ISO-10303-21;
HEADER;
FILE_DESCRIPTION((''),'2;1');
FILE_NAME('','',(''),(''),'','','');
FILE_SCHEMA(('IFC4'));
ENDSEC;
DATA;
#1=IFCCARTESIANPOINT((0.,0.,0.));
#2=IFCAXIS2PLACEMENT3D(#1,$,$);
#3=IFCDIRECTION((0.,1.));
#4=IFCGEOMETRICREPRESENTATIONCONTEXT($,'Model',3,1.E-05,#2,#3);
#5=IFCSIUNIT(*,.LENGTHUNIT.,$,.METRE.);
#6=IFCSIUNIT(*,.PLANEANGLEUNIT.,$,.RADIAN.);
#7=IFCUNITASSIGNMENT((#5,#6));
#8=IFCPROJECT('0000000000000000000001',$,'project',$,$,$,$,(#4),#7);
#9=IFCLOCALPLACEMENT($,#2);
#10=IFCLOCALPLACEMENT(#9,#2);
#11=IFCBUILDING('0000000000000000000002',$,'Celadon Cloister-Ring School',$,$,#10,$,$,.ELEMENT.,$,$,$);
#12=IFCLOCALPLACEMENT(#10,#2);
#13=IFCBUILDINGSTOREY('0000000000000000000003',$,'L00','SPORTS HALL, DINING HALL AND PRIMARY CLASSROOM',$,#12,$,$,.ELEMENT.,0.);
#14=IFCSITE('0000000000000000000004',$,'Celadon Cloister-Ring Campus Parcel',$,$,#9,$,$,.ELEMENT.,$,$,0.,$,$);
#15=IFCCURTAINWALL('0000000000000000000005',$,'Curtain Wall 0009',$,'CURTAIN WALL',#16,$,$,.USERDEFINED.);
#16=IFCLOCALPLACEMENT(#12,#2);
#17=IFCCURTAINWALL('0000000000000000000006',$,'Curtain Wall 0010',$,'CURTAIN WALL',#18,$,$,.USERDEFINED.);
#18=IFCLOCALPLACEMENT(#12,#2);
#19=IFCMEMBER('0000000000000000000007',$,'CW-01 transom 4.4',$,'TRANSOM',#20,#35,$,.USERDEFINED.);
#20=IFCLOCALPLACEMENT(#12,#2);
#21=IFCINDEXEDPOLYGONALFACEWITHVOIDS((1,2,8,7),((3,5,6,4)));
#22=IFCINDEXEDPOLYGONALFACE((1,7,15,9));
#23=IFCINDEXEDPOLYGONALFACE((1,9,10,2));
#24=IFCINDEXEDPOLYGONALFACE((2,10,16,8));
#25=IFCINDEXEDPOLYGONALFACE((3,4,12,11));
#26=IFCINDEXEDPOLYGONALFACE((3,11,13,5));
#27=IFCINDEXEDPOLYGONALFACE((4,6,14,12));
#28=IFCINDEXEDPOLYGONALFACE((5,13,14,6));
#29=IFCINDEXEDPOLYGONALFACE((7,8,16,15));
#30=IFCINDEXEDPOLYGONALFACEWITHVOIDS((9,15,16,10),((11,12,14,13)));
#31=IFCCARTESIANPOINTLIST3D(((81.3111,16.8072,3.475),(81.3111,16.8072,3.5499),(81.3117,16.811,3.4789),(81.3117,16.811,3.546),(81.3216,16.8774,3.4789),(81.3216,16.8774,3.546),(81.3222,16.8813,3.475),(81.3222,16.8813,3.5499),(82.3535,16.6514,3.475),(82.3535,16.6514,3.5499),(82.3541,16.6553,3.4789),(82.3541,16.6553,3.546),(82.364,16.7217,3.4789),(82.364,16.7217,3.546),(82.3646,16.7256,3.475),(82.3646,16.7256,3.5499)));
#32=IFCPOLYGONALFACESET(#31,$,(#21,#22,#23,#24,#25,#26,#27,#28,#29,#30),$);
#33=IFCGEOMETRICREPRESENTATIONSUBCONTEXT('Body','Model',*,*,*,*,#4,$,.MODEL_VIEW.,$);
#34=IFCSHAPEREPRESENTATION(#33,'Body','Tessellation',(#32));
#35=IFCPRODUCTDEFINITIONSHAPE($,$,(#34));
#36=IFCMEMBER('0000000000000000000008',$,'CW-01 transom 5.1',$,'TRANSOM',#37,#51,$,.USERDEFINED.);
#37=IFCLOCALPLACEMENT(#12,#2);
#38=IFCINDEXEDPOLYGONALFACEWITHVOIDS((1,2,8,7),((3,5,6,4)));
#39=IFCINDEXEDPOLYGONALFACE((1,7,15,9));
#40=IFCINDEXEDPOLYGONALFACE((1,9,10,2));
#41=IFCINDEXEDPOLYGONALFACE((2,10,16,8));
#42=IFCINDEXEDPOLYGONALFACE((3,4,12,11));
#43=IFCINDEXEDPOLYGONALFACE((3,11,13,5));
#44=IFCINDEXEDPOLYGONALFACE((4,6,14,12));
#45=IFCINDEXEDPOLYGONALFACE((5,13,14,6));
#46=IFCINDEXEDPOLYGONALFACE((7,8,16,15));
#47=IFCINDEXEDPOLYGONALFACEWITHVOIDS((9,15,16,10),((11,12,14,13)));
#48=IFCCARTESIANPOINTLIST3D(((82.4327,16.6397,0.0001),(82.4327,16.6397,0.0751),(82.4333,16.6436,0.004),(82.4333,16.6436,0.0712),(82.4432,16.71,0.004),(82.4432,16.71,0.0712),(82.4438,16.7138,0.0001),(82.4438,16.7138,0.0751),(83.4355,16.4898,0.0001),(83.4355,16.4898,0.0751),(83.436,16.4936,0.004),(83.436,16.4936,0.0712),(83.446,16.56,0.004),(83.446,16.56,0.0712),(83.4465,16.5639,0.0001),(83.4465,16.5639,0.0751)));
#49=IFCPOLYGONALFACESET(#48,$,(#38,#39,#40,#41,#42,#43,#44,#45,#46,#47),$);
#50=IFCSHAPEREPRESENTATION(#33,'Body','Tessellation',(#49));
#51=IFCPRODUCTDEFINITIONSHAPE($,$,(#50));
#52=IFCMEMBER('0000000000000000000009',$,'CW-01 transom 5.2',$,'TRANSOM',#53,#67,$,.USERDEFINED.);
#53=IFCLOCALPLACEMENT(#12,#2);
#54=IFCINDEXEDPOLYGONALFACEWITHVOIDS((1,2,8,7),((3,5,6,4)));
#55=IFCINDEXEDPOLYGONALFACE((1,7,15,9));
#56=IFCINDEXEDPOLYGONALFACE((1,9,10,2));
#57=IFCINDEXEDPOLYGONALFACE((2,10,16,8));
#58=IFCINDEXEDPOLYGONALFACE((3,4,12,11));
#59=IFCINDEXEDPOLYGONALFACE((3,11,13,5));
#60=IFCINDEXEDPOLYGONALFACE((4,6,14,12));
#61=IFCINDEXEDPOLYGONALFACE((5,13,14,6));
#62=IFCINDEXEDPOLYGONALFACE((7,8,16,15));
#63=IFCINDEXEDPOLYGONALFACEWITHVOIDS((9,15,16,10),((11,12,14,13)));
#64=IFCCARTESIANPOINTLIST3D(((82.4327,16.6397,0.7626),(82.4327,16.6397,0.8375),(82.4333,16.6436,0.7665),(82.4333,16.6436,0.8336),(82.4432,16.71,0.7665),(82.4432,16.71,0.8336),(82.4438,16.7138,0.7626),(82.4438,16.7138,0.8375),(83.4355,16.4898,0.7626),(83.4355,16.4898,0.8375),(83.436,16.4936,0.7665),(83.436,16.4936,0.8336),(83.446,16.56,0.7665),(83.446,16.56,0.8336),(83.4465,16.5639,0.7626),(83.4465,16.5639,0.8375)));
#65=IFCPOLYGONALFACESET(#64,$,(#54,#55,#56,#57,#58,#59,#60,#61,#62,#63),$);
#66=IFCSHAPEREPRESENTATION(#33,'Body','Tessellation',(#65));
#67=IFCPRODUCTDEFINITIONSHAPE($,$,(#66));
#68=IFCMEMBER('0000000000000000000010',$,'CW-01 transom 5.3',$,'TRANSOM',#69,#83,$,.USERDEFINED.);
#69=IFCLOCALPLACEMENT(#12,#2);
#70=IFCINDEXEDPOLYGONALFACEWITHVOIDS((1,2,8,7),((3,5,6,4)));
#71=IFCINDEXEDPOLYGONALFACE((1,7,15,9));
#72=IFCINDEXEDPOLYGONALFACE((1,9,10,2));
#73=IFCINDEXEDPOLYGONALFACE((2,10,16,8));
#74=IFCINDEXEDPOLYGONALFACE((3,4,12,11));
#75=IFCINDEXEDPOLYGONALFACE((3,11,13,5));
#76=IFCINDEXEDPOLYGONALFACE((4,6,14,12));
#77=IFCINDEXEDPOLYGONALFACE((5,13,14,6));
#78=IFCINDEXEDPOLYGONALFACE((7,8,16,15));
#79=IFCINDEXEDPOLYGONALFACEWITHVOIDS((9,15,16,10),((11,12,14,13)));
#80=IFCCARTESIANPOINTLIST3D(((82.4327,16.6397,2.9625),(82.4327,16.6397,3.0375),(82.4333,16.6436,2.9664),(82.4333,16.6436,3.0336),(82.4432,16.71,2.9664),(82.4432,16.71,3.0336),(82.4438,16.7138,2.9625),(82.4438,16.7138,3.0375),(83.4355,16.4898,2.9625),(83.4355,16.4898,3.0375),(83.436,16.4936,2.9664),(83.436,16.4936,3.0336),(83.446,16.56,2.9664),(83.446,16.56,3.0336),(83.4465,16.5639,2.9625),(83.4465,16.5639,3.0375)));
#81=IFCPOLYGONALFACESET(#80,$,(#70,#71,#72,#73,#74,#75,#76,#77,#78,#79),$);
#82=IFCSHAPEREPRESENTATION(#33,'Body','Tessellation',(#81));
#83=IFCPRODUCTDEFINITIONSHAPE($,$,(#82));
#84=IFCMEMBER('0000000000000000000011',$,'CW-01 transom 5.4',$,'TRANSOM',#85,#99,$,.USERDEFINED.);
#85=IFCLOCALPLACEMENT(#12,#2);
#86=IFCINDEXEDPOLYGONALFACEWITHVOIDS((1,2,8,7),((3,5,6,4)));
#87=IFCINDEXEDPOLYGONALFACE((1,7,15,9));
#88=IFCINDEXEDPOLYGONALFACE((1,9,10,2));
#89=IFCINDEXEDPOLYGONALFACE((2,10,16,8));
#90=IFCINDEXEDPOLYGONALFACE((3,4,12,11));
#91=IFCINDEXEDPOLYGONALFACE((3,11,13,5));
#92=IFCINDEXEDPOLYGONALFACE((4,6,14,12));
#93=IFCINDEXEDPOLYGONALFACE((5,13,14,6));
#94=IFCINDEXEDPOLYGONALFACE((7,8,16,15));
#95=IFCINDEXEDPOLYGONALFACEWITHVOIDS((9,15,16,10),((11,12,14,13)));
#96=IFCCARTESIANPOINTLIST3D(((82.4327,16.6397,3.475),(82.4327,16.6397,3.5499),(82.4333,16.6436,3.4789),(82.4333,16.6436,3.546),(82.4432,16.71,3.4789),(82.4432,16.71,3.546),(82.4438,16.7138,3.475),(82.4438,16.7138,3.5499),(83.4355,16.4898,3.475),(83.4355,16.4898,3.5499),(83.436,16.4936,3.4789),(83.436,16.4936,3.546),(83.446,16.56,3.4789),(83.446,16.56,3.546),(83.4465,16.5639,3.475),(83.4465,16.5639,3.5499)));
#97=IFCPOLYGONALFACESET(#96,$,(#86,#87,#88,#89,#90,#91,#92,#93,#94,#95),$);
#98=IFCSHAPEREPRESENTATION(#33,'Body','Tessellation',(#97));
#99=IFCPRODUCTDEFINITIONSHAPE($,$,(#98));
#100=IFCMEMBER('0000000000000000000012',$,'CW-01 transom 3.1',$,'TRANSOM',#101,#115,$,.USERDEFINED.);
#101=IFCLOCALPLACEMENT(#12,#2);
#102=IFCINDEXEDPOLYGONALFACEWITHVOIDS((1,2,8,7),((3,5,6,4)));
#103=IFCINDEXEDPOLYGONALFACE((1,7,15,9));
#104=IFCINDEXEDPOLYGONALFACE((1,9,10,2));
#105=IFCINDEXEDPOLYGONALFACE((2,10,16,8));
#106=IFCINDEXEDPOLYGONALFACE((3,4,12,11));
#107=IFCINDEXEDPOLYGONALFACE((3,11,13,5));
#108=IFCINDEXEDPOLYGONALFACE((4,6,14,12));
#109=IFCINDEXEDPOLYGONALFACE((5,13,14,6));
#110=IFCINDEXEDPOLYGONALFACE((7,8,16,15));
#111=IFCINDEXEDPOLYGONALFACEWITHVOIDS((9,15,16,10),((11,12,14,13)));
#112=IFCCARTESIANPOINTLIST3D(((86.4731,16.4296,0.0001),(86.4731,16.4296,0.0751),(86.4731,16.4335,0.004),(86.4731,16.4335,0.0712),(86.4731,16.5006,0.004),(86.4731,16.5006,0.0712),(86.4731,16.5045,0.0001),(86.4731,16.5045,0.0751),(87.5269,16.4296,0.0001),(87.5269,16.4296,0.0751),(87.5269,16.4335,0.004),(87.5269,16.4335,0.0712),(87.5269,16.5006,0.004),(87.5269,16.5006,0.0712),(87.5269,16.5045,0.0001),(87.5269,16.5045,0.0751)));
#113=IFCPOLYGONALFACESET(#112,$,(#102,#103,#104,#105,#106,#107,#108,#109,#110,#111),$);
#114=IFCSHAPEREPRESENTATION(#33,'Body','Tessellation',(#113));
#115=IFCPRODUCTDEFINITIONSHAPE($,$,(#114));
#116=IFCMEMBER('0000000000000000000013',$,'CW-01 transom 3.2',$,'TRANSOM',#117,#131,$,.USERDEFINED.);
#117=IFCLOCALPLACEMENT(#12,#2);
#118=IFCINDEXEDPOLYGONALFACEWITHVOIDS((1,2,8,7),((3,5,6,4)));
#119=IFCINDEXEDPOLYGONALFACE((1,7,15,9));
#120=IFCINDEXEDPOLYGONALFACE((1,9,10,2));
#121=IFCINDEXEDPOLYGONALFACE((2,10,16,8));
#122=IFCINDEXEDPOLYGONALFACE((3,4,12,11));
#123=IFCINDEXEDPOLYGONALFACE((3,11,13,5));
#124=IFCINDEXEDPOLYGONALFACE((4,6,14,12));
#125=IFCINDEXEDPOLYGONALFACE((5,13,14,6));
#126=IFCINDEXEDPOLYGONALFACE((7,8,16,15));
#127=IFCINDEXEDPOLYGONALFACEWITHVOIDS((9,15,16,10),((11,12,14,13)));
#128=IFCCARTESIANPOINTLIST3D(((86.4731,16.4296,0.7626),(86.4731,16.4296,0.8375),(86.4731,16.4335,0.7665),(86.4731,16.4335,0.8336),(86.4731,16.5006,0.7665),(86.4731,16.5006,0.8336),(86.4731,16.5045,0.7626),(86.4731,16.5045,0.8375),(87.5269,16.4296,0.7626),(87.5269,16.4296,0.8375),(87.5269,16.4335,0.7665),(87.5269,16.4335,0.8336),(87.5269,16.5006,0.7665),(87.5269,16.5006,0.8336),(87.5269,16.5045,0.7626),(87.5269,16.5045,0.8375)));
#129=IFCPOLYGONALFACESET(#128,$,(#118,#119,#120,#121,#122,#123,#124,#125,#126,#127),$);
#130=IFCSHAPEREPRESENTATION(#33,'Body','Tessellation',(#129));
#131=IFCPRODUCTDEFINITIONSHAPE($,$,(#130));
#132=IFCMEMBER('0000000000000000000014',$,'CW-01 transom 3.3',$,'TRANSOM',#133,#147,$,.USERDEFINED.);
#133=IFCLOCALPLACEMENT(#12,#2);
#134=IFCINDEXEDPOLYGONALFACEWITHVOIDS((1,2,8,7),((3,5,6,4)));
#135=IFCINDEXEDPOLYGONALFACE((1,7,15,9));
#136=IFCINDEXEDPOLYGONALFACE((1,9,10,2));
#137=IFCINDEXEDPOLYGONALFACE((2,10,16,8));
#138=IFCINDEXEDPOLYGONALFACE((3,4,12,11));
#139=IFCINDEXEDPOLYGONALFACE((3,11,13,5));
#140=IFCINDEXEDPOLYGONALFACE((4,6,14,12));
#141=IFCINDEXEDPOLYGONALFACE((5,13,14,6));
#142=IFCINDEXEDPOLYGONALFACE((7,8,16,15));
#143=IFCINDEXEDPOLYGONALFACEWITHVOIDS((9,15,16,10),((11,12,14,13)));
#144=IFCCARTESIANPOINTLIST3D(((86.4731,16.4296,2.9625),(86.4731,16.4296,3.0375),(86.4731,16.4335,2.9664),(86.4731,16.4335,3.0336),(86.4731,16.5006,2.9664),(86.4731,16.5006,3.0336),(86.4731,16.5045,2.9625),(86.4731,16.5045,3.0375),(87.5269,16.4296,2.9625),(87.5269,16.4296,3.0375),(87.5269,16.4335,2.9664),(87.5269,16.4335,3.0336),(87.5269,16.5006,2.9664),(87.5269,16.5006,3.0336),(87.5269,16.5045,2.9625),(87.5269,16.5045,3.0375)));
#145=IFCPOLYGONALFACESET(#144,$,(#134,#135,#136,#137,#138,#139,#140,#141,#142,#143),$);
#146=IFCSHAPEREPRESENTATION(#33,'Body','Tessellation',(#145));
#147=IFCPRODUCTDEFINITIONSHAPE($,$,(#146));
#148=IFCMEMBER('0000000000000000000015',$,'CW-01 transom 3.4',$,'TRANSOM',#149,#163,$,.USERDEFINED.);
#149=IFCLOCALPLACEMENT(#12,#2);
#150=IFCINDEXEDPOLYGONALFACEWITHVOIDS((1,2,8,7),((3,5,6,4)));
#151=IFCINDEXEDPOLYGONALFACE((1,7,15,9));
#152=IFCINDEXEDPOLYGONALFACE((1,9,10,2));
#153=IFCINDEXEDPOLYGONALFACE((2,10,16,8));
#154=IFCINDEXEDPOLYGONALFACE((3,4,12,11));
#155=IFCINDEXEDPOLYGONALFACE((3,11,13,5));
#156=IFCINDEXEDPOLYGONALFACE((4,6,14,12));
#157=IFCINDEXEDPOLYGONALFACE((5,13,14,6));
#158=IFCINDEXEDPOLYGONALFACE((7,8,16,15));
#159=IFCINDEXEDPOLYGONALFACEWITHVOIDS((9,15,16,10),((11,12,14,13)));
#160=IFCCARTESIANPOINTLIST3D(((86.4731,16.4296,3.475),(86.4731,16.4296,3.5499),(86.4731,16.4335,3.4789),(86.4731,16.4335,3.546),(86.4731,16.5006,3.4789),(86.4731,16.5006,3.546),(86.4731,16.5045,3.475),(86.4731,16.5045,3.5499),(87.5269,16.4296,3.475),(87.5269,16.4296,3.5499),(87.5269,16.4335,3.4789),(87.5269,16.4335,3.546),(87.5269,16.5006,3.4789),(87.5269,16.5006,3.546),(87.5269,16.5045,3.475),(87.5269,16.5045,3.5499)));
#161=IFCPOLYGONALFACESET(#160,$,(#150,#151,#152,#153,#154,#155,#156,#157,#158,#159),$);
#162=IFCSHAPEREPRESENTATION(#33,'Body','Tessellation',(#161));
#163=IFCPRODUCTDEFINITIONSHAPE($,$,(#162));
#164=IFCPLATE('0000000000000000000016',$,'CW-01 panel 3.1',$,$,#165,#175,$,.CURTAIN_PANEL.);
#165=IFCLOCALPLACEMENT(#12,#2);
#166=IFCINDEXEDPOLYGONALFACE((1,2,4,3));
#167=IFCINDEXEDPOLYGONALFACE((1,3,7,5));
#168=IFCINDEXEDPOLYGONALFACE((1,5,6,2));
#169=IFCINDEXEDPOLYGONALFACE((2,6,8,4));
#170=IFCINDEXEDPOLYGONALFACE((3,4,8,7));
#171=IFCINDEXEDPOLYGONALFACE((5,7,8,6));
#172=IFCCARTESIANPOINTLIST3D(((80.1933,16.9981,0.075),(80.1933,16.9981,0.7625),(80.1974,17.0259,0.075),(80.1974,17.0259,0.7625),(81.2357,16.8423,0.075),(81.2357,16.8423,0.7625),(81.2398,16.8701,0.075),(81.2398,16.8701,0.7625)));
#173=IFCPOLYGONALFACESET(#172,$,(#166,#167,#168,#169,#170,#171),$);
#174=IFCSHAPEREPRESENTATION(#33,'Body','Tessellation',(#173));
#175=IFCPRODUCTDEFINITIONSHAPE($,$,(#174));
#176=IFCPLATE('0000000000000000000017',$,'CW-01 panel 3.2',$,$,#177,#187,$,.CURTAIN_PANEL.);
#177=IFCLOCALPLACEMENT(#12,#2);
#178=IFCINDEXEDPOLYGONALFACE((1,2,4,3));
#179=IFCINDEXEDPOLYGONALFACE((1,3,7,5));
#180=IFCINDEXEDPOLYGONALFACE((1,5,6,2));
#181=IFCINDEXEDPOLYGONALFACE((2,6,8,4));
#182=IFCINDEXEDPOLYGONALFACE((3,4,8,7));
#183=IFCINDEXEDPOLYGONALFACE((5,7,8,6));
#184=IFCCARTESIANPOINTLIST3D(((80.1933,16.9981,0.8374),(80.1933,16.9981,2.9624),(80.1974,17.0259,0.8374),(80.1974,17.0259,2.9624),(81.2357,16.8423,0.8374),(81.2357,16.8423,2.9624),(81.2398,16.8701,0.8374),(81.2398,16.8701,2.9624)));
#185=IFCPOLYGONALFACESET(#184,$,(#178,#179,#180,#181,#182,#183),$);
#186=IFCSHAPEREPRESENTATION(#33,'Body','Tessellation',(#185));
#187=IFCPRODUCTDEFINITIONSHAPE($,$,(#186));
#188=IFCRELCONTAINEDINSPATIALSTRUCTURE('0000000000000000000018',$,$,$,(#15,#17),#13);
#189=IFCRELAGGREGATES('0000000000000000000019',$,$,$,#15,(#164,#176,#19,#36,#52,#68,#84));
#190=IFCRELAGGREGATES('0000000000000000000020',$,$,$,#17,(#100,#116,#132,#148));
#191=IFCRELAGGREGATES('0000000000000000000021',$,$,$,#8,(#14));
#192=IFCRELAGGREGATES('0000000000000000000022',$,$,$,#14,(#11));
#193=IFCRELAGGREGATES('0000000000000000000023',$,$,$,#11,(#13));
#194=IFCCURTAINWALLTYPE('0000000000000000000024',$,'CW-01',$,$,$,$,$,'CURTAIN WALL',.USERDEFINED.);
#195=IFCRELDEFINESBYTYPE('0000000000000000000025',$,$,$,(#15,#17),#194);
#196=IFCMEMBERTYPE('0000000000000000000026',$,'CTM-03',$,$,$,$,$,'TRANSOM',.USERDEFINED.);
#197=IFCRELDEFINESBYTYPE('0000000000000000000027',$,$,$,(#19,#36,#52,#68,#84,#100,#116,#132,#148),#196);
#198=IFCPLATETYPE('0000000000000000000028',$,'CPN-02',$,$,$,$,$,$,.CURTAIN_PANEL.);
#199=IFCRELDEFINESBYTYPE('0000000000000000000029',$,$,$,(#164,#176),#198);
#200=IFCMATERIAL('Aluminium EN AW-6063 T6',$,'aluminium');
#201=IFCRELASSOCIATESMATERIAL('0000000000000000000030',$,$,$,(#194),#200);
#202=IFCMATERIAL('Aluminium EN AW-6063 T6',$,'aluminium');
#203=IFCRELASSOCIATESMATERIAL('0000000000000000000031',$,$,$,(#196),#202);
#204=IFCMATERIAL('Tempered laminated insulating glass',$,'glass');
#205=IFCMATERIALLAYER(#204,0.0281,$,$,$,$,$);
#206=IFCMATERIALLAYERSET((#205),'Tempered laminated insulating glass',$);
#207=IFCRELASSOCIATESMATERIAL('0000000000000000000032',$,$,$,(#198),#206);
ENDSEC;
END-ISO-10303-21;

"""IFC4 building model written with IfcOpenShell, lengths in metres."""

from ifc_helpers import new_model, si_unit, direction, frame, origin, origin_2d, place, context, subcontext, project, spatial, rectangle, hollow_rectangle, extrude, material, layer, layer_set, material_profile, profile_set, type_object, element, aggregate, save


model = new_model("IFC4")

# Units and contexts
model_context = context("Model", 3, precision=1e-05, world=origin(), true_north=direction((0.0, 1.0)))
body_context = subcontext(model_context, "Body", "Model", "MODEL_VIEW")
ifc_project = project(units=[si_unit("LENGTHUNIT", "METRE"), si_unit("PLANEANGLEUNIT", "RADIAN")], contexts=[model_context])

# Site, building, storey
site_placement = place(None, origin())
site = spatial("IfcSite", under=ifc_project, at=site_placement, Name="Celadon Cloister-Ring Campus Parcel", CompositionType="ELEMENT", RefElevation=0.0)
building_placement = place(site_placement, origin())
building = spatial("IfcBuilding", under=site, at=building_placement, Name="Celadon Cloister-Ring School", CompositionType="ELEMENT")
storey_placement = place(building_placement, origin())
storey = spatial("IfcBuildingStorey", under=building, at=storey_placement, Name="L00", Description="SPORTS HALL, DINING HALL AND PRIMARY CLASSROOM", CompositionType="ELEMENT", Elevation=0.0)

# Curtain wall
ifc_material_1 = material(Name="Aluminium EN AW-6063 T6", Category="aluminium")
curtain_wall_type = type_object("IfcCurtainWallType", Name="CW-01", ElementType="CURTAIN WALL", PredefinedType="USERDEFINED", material=ifc_material_1)
curtain_wall_1_placement = place(storey_placement, origin())
curtain_wall_1 = element("IfcCurtainWall", 1, at=curtain_wall_1_placement, inside=storey, type_object=curtain_wall_type, Name="Curtain Wall 0009", ObjectType="CURTAIN WALL", PredefinedType="USERDEFINED")

# Curtain wall
curtain_wall_2_placement = place(storey_placement, origin())
curtain_wall_2 = element("IfcCurtainWall", 2, at=curtain_wall_2_placement, inside=storey, type_object=curtain_wall_type, Name="Curtain Wall 0010", ObjectType="CURTAIN WALL", PredefinedType="USERDEFINED")

# Members
ifc_material_2 = material(Name="Aluminium EN AW-6063 T6", Category="aluminium")
ifc_material_profile_1 = material_profile(ifc_material_2, hollow_rectangle(XDim=0.075, YDim=0.075, WallThickness=0.0039, at=origin_2d()), Name="RHS75X75X4")
ifc_profile_set_1 = profile_set([ifc_material_profile_1], Name="Aluminium EN AW-6063 T6")
member_type_1 = type_object("IfcMemberType", Name="CTM-03", ElementType="TRANSOM", PredefinedType="USERDEFINED", material=ifc_profile_set_1)
member_1_placement = place(storey_placement, frame((81.3167, 16.8442, 3.5125), z_axis=(0.989021, -0.147774, 0.0), x_axis=(0.147774, 0.989021, 0.0)))
member_1 = element("IfcMember", 3, at=member_1_placement, type_object=member_type_1, Name="CW-01 transom 4.4", ObjectType="TRANSOM", PredefinedType="USERDEFINED", context=body_context, shape_type="SweptSolid", body=[
    extrude(hollow_rectangle(XDim=0.075, YDim=0.075, WallThickness=0.0039, at=origin_2d()), origin(), (0.0, 0.0, 1.0), 1.054),
])
member_2_placement = place(storey_placement, frame((82.4382, 16.6768, 0.0376), z_axis=(0.989009, -0.147858, 0.0), x_axis=(0.147858, 0.989009, 0.0)))
member_2 = element("IfcMember", 4, at=member_2_placement, type_object=member_type_1, Name="CW-01 transom 5.1", ObjectType="TRANSOM", PredefinedType="USERDEFINED", context=body_context, shape_type="SweptSolid", body=[
    extrude(hollow_rectangle(XDim=0.075, YDim=0.075, WallThickness=0.0039, at=origin_2d()), origin(), (0.0, 0.0, 1.0), 1.0139),
])
member_3_placement = place(storey_placement, frame((82.4382, 16.6768, 0.8), z_axis=(0.989009, -0.147858, 0.0), x_axis=(0.147858, 0.989009, 0.0)))
member_3 = element("IfcMember", 5, at=member_3_placement, type_object=member_type_1, Name="CW-01 transom 5.2", ObjectType="TRANSOM", PredefinedType="USERDEFINED", context=body_context, shape_type="SweptSolid", body=[
    extrude(hollow_rectangle(XDim=0.075, YDim=0.075, WallThickness=0.0039, at=origin_2d()), origin(), (0.0, 0.0, 1.0), 1.0139),
])
member_4_placement = place(storey_placement, frame((82.4382, 16.6768, 3.0), z_axis=(0.989009, -0.147858, 0.0), x_axis=(0.147858, 0.989009, 0.0)))
member_4 = element("IfcMember", 6, at=member_4_placement, type_object=member_type_1, Name="CW-01 transom 5.3", ObjectType="TRANSOM", PredefinedType="USERDEFINED", context=body_context, shape_type="SweptSolid", body=[
    extrude(hollow_rectangle(XDim=0.075, YDim=0.075, WallThickness=0.0039, at=origin_2d()), origin(), (0.0, 0.0, 1.0), 1.0139),
])
member_5_placement = place(storey_placement, frame((82.4382, 16.6768, 3.5125), z_axis=(0.989009, -0.147858, 0.0), x_axis=(0.147858, 0.989009, 0.0)))
member_5 = element("IfcMember", 7, at=member_5_placement, type_object=member_type_1, Name="CW-01 transom 5.4", ObjectType="TRANSOM", PredefinedType="USERDEFINED", context=body_context, shape_type="SweptSolid", body=[
    extrude(hollow_rectangle(XDim=0.075, YDim=0.075, WallThickness=0.0039, at=origin_2d()), origin(), (0.0, 0.0, 1.0), 1.0139),
])
member_6_placement = place(storey_placement, frame((86.4731, 16.467, 0.0376), z_axis=(1.0, 0.0, 0.0), x_axis=(0.0, 1.0, 0.0)))
member_6 = element("IfcMember", 8, at=member_6_placement, type_object=member_type_1, Name="CW-01 transom 3.1", ObjectType="TRANSOM", PredefinedType="USERDEFINED", context=body_context, shape_type="SweptSolid", body=[
    extrude(hollow_rectangle(XDim=0.075, YDim=0.075, WallThickness=0.0039, at=origin_2d()), origin(), (0.0, 0.0, 1.0), 1.0537),
])
member_7_placement = place(storey_placement, frame((86.4731, 16.467, 0.8), z_axis=(1.0, 0.0, 0.0), x_axis=(0.0, 1.0, 0.0)))
member_7 = element("IfcMember", 9, at=member_7_placement, type_object=member_type_1, Name="CW-01 transom 3.2", ObjectType="TRANSOM", PredefinedType="USERDEFINED", context=body_context, shape_type="SweptSolid", body=[
    extrude(hollow_rectangle(XDim=0.075, YDim=0.075, WallThickness=0.0039, at=origin_2d()), origin(), (0.0, 0.0, 1.0), 1.0537),
])
member_8_placement = place(storey_placement, frame((86.4731, 16.467, 3.0), z_axis=(1.0, 0.0, 0.0), x_axis=(0.0, 1.0, 0.0)))
member_8 = element("IfcMember", 10, at=member_8_placement, type_object=member_type_1, Name="CW-01 transom 3.3", ObjectType="TRANSOM", PredefinedType="USERDEFINED", context=body_context, shape_type="SweptSolid", body=[
    extrude(hollow_rectangle(XDim=0.075, YDim=0.075, WallThickness=0.0039, at=origin_2d()), origin(), (0.0, 0.0, 1.0), 1.0537),
])
member_9_placement = place(storey_placement, frame((86.4731, 16.467, 3.5125), z_axis=(1.0, 0.0, 0.0), x_axis=(0.0, 1.0, 0.0)))
member_9 = element("IfcMember", 11, at=member_9_placement, type_object=member_type_1, Name="CW-01 transom 3.4", ObjectType="TRANSOM", PredefinedType="USERDEFINED", context=body_context, shape_type="SweptSolid", body=[
    extrude(hollow_rectangle(XDim=0.075, YDim=0.075, WallThickness=0.0039, at=origin_2d()), origin(), (0.0, 0.0, 1.0), 1.0537),
])

# Plates
ifc_material_3 = material(Name="Tempered laminated insulating glass", Category="glass")
ifc_layer = layer(ifc_material_3, 0.0281)
ifc_layer_set = layer_set([ifc_layer], Name="Tempered laminated insulating glass")
plate_type = type_object("IfcPlateType", Name="CPN-02", PredefinedType="CURTAIN_PANEL", material=ifc_layer_set)
plate_1_placement = place(storey_placement, frame((80.7166, 16.9341, 0.075), z_axis=(0.0, 0.0, 1.0), x_axis=(0.989015, -0.147814, 0.0)))
plate_1 = element("IfcPlate", 12, at=plate_1_placement, type_object=plate_type, Name="CW-01 panel 3.1", PredefinedType="CURTAIN_PANEL", context=body_context, shape_type="SweptSolid", body=[
    extrude(rectangle(XDim=1.054, YDim=0.0281, at=origin_2d()), origin(), (0.0, 0.0, 1.0), 0.6875),
])
plate_2_placement = place(storey_placement, frame((80.7166, 16.9341, 0.8374), z_axis=(0.0, 0.0, 1.0), x_axis=(0.989015, -0.147814, 0.0)))
plate_2 = element("IfcPlate", 13, at=plate_2_placement, type_object=plate_type, Name="CW-01 panel 3.2", PredefinedType="CURTAIN_PANEL", context=body_context, shape_type="SweptSolid", body=[
    extrude(rectangle(XDim=1.054, YDim=0.0281, at=origin_2d()), origin(), (0.0, 0.0, 1.0), 2.125),
])
aggregate(curtain_wall_1, [plate_1, plate_2, member_1, member_2, member_3, member_4, member_5])
aggregate(curtain_wall_2, [member_6, member_7, member_8, member_9])

save(model, "model.ifc")
